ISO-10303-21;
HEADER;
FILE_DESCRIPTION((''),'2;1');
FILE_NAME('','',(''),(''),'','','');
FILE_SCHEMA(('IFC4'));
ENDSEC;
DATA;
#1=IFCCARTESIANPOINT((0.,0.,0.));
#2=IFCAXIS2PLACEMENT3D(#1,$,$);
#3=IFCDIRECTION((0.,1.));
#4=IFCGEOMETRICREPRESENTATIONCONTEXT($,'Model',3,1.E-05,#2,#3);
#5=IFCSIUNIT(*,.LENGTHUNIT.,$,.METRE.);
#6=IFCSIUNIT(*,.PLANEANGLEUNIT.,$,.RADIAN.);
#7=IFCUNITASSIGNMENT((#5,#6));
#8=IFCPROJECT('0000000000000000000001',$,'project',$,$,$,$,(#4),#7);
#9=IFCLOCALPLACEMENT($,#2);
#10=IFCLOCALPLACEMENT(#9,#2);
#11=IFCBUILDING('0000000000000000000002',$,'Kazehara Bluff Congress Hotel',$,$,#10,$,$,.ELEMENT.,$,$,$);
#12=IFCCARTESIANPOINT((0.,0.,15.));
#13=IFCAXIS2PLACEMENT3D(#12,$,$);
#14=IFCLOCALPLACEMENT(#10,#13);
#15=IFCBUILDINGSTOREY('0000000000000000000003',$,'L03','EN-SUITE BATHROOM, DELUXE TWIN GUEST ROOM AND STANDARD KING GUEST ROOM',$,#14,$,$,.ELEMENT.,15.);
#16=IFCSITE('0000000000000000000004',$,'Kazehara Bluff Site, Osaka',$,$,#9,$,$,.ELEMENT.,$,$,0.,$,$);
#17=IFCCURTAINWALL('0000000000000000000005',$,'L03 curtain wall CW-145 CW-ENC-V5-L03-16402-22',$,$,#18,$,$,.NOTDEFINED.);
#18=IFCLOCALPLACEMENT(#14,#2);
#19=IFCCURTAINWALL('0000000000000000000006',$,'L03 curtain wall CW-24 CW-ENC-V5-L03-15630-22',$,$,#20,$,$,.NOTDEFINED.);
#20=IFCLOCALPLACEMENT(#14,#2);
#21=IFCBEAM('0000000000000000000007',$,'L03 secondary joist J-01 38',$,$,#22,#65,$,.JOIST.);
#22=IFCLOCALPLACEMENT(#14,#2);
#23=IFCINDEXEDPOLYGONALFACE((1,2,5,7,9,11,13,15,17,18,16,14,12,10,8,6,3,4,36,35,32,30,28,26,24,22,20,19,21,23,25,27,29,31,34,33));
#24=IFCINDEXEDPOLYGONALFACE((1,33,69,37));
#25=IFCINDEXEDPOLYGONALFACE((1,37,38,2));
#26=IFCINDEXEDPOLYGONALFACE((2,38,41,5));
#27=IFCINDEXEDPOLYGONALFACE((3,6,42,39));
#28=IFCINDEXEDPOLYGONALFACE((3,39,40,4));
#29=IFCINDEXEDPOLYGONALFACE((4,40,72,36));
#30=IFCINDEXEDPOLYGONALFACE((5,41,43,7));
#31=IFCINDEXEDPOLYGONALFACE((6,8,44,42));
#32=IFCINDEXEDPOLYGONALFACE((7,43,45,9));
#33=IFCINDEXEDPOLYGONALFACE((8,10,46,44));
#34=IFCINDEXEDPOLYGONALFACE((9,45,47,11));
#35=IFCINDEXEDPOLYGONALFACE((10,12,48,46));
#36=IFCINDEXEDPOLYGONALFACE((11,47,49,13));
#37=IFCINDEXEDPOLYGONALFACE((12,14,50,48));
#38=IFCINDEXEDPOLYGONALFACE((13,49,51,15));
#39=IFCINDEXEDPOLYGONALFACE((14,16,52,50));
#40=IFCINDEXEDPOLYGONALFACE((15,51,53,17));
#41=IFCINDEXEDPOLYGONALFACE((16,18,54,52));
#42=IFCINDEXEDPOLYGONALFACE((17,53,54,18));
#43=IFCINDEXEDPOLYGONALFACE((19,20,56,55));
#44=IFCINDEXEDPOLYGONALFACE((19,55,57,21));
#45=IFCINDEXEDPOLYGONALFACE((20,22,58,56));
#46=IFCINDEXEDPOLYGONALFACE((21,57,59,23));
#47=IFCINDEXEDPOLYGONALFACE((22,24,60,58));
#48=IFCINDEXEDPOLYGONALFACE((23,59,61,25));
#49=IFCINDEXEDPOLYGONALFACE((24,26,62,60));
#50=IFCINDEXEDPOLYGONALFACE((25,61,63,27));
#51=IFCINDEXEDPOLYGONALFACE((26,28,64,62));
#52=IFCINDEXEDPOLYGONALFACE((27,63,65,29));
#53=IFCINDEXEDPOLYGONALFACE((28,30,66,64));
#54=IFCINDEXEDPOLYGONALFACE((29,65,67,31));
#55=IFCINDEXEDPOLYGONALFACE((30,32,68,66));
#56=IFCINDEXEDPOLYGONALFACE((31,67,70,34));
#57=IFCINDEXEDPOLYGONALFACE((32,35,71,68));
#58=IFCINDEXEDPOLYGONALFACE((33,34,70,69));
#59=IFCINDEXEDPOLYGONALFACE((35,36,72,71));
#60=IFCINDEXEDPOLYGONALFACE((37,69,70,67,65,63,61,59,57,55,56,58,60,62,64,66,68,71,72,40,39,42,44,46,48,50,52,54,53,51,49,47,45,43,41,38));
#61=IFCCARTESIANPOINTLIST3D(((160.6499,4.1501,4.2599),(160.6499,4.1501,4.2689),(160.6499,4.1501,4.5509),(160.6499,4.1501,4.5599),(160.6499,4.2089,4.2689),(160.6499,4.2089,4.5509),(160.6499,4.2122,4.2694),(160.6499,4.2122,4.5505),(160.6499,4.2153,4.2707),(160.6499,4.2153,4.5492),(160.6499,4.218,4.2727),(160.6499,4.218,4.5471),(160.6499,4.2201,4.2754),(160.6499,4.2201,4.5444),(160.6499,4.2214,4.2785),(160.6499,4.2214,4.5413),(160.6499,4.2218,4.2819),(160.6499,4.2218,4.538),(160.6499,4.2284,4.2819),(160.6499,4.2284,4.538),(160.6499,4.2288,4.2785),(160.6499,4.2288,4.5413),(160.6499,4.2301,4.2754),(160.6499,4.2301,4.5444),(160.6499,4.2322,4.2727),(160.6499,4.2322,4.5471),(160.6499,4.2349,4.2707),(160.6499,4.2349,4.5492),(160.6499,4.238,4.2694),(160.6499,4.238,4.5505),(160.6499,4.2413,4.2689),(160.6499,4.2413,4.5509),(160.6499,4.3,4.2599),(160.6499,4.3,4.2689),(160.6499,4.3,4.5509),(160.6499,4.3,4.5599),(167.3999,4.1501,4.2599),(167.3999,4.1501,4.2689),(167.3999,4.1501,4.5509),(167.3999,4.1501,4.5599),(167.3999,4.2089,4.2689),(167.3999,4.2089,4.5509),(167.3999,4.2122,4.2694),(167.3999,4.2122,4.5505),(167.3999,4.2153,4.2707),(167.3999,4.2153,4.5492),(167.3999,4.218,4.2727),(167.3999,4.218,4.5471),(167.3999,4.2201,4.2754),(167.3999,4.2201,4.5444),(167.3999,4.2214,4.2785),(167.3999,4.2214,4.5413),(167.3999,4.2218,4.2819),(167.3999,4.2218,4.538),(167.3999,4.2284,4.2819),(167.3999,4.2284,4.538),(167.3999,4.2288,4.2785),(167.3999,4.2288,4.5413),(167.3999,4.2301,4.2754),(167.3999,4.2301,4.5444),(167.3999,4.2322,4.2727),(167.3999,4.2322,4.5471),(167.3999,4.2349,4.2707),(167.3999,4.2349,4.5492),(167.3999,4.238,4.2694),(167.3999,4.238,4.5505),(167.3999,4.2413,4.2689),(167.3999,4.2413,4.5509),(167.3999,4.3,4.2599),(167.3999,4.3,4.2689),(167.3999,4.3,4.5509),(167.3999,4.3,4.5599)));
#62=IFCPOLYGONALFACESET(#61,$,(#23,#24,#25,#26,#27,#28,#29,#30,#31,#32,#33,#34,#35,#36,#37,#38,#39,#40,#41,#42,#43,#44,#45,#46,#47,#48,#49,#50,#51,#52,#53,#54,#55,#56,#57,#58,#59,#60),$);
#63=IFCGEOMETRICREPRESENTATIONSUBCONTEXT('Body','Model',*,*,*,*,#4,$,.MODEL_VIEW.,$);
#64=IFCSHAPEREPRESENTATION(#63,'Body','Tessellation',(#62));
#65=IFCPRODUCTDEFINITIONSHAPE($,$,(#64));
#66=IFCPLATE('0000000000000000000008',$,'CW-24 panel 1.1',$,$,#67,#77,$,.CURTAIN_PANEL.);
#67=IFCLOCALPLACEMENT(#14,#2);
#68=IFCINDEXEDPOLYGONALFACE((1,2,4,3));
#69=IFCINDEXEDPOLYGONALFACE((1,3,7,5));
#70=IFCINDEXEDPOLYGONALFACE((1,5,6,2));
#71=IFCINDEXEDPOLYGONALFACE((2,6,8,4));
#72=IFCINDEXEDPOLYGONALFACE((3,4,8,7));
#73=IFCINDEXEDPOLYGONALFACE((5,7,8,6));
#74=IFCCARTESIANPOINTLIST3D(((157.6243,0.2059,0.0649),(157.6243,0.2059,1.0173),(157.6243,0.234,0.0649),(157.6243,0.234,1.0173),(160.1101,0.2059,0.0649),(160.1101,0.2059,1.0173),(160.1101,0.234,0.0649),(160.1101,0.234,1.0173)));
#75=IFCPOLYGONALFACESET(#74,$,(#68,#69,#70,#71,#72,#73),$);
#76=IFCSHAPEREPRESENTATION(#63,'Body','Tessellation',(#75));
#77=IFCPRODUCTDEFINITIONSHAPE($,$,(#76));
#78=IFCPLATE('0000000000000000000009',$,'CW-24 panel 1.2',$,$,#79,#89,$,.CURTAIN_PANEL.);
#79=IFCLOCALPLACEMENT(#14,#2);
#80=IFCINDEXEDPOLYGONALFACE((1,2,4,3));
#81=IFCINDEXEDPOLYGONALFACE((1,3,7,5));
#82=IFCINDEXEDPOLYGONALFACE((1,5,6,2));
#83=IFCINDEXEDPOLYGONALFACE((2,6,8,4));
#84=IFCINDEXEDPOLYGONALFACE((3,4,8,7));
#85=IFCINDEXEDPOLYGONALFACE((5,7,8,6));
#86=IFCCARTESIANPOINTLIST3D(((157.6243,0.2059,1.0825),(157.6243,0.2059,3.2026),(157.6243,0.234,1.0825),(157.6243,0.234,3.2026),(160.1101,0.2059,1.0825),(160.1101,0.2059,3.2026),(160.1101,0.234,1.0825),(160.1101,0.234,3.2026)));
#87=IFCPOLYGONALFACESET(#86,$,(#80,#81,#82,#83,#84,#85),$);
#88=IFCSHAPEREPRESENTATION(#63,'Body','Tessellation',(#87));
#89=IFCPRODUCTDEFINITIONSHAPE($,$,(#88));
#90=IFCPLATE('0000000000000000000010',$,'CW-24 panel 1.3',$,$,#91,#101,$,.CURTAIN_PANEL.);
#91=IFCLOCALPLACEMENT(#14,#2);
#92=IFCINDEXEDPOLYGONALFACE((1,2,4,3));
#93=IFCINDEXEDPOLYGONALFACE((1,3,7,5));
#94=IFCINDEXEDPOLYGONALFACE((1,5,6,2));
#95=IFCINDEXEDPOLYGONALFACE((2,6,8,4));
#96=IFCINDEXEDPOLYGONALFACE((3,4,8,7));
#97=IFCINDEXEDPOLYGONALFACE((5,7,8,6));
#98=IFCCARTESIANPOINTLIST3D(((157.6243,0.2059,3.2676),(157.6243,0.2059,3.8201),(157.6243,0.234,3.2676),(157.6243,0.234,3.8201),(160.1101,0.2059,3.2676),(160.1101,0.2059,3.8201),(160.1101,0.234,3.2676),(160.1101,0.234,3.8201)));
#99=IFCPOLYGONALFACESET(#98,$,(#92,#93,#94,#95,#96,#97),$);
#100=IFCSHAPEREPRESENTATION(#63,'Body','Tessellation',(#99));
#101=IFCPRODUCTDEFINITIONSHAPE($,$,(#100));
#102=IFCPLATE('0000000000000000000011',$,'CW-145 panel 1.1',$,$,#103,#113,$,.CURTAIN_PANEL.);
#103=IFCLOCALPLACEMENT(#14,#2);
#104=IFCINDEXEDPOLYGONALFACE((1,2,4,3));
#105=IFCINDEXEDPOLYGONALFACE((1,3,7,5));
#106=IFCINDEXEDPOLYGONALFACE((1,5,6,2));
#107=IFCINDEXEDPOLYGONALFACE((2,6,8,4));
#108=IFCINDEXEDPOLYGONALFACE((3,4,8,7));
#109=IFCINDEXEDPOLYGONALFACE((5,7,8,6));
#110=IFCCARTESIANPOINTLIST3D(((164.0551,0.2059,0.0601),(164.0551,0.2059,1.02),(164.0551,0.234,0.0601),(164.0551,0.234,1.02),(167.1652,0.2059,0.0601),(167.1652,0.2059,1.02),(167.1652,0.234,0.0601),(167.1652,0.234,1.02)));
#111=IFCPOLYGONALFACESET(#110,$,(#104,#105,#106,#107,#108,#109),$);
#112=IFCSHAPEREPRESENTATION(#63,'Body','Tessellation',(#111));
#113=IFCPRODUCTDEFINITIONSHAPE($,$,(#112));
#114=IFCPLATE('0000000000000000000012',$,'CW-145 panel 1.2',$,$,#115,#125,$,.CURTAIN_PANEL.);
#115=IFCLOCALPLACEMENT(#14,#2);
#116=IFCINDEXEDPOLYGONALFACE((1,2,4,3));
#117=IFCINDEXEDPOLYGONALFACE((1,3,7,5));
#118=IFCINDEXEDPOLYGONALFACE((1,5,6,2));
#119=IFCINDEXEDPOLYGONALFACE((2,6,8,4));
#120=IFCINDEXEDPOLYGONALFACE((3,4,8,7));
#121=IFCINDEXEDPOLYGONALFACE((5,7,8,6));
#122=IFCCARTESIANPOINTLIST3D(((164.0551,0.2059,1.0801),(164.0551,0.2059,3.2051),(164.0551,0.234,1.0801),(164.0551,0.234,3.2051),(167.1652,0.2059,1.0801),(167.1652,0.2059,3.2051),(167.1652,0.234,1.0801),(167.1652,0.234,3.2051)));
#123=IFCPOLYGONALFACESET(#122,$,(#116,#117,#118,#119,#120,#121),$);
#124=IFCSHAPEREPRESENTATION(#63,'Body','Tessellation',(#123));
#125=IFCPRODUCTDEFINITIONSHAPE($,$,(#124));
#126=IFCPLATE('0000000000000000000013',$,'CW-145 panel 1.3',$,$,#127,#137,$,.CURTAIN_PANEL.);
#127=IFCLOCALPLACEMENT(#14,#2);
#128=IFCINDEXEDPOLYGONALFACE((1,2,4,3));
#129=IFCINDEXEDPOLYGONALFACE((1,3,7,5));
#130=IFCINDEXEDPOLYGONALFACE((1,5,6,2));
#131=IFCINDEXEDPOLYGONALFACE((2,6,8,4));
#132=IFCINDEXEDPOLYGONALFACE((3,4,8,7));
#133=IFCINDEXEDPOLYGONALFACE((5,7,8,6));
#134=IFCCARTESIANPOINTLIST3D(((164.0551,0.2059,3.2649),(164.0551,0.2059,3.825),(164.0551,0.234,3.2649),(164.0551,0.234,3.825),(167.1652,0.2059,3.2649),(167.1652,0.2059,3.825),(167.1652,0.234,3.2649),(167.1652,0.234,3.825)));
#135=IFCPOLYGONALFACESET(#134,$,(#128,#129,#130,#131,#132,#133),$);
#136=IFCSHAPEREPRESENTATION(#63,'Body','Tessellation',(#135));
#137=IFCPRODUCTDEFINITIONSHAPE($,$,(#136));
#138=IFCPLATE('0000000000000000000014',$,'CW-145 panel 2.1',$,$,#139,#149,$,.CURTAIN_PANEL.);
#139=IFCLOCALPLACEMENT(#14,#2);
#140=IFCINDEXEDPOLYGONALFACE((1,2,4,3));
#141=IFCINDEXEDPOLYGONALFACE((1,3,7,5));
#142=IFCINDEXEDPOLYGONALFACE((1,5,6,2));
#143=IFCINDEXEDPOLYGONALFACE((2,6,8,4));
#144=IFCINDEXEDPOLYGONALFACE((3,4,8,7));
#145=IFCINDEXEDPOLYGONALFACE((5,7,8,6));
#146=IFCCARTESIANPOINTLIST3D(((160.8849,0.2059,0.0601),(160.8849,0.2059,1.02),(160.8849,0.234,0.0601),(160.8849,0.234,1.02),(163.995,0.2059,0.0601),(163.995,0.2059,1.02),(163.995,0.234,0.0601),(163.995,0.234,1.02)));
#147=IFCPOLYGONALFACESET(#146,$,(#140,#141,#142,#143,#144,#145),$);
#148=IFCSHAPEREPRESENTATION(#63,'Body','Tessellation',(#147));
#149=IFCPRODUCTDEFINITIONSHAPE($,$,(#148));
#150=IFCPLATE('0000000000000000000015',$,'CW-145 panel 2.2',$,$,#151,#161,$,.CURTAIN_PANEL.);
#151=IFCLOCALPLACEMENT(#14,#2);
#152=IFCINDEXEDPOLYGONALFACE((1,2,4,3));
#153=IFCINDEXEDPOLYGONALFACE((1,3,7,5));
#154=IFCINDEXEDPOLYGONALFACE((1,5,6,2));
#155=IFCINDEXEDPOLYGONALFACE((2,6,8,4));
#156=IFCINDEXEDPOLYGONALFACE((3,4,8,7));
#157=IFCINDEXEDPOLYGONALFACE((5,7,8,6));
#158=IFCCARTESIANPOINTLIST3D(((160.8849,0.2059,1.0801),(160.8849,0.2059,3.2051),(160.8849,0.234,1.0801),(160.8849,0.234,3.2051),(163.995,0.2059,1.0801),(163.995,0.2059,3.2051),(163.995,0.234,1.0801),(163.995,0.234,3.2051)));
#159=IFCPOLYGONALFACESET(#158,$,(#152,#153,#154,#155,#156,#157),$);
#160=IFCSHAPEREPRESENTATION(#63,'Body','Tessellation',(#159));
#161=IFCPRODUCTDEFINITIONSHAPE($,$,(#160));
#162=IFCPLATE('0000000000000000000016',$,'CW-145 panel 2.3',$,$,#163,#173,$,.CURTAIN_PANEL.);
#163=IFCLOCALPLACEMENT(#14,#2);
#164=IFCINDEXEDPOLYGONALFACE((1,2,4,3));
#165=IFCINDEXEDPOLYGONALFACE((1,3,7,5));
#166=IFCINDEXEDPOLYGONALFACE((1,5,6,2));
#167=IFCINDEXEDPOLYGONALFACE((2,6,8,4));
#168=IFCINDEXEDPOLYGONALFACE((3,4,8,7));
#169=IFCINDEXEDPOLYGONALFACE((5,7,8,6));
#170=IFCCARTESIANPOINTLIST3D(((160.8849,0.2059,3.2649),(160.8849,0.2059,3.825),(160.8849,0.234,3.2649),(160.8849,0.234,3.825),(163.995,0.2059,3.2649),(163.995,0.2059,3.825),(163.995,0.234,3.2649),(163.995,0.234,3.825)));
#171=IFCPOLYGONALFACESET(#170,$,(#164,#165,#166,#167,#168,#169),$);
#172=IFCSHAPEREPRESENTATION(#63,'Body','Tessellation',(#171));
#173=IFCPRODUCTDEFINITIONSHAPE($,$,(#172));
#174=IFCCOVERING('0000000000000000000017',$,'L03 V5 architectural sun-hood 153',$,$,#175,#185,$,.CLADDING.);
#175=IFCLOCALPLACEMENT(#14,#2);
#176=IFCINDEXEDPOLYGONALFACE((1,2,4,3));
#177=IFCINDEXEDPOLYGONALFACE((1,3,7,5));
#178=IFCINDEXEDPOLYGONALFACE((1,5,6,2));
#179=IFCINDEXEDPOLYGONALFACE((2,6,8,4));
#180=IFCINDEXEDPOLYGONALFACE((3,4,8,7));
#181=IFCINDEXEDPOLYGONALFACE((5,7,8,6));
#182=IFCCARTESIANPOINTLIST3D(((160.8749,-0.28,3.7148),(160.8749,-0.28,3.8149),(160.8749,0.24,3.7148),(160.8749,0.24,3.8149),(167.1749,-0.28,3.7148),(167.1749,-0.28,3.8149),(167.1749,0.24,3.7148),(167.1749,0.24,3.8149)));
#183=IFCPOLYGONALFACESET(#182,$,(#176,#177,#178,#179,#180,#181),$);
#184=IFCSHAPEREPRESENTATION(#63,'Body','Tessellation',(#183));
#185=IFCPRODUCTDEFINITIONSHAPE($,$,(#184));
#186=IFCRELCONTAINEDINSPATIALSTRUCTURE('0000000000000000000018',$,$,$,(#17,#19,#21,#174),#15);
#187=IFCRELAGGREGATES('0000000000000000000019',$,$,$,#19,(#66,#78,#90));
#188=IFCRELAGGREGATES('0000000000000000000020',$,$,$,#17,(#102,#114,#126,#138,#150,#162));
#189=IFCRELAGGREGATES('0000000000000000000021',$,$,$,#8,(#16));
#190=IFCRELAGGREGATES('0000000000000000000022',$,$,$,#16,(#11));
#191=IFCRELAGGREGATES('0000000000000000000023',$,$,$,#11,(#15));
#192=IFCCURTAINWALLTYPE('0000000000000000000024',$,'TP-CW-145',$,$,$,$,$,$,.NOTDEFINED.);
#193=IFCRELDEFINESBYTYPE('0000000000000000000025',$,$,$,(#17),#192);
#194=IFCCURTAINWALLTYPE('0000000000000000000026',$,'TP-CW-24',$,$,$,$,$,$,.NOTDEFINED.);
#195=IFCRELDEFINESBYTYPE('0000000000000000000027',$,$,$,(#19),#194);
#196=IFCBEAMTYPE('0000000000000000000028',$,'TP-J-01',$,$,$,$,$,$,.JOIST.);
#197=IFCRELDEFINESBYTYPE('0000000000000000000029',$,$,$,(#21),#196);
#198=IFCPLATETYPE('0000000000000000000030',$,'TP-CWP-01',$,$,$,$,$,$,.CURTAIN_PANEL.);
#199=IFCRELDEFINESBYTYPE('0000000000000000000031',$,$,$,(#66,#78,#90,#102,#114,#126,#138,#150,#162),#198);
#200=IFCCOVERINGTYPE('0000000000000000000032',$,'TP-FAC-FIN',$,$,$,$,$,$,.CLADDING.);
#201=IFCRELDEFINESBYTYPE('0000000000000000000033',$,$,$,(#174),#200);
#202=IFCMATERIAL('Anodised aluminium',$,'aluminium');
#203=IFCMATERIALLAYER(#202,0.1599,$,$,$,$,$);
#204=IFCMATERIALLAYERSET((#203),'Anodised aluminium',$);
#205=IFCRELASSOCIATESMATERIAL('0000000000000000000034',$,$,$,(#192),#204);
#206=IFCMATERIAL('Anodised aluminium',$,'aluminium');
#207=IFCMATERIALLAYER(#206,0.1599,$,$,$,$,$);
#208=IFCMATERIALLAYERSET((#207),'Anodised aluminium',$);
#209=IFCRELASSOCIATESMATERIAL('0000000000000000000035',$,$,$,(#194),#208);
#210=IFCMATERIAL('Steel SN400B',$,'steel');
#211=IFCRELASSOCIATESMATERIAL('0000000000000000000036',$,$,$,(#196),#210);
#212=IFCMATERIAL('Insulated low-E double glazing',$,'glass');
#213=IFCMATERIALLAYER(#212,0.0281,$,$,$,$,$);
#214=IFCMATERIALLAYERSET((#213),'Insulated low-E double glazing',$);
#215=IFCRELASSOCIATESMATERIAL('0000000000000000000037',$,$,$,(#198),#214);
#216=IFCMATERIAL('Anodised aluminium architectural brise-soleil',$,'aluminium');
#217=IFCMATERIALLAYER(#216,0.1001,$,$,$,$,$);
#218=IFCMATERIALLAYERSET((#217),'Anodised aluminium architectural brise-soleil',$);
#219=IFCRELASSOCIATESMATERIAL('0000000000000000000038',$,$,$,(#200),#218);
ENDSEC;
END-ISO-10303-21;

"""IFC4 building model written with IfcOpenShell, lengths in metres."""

from ifc_helpers import new_model, si_unit, direction, frame, origin, origin_2d, place, context, subcontext, project, spatial, rectangle, i_section, extrude, material, layer, layer_set, material_profile, profile_set, type_object, element, aggregate, save


model = new_model("IFC4")

# Units and contexts
model_context = context("Model", 3, precision=1e-05, world=origin(), true_north=direction((0.0, 1.0)))
body_context = subcontext(model_context, "Body", "Model", "MODEL_VIEW")
ifc_project = project(units=[si_unit("LENGTHUNIT", "METRE"), si_unit("PLANEANGLEUNIT", "RADIAN")], contexts=[model_context])

# Site, building, storey
site_placement = place(None, origin())
site = spatial("IfcSite", under=ifc_project, at=site_placement, Name="Kazehara Bluff Site, Osaka", CompositionType="ELEMENT", RefElevation=0.0)
building_placement = place(site_placement, origin())
building = spatial("IfcBuilding", under=site, at=building_placement, Name="Kazehara Bluff Congress Hotel", CompositionType="ELEMENT")
storey_placement = place(building_placement, frame((0.0, 0.0, 15.0)))
storey = spatial("IfcBuildingStorey", under=building, at=storey_placement, Name="L03", Description="EN-SUITE BATHROOM, DELUXE TWIN GUEST ROOM AND STANDARD KING GUEST ROOM", CompositionType="ELEMENT", Elevation=15.0)

# Curtain walls
ifc_material_1 = material(Name="Anodised aluminium", Category="aluminium")
ifc_layer_1 = layer(ifc_material_1, 0.1599)
ifc_layer_set_1 = layer_set([ifc_layer_1], Name="Anodised aluminium")
curtain_wall_type_1 = type_object("IfcCurtainWallType", Name="TP-CW-145", PredefinedType="NOTDEFINED", material=ifc_layer_set_1)
curtain_wall_1_placement = place(storey_placement, origin())
curtain_wall_1 = element("IfcCurtainWall", 1, at=curtain_wall_1_placement, inside=storey, type_object=curtain_wall_type_1, Name="L03 curtain wall CW-145 CW-ENC-V5-L03-16402-22", PredefinedType="NOTDEFINED")
ifc_material_2 = material(Name="Anodised aluminium", Category="aluminium")
ifc_layer_2 = layer(ifc_material_2, 0.1599)
ifc_layer_set_2 = layer_set([ifc_layer_2], Name="Anodised aluminium")
curtain_wall_type_2 = type_object("IfcCurtainWallType", Name="TP-CW-24", PredefinedType="NOTDEFINED", material=ifc_layer_set_2)
curtain_wall_2_placement = place(storey_placement, origin())
curtain_wall_2 = element("IfcCurtainWall", 2, at=curtain_wall_2_placement, inside=storey, type_object=curtain_wall_type_2, Name="L03 curtain wall CW-24 CW-ENC-V5-L03-15630-22", PredefinedType="NOTDEFINED")

# Beam
ifc_material_3 = material(Name="Steel SN400B", Category="steel")
ifc_material_profile_1 = material_profile(ifc_material_3, i_section(OverallWidth=0.1499, OverallDepth=0.3, WebThickness=0.0066, FlangeThickness=0.009, FilletRadius=0.0129, at=origin_2d()))
ifc_profile_set_1 = profile_set([ifc_material_profile_1], Name="Steel SN400B")
beam_type_1 = type_object("IfcBeamType", Name="TP-J-01", PredefinedType="JOIST", material=ifc_profile_set_1)
beam_1_placement = place(storey_placement, frame((160.6499, 4.2251, 4.4099), z_axis=(1.0, 0.0, 0.0), x_axis=(0.0, 1.0, 0.0)))
element("IfcBeam", 3, at=beam_1_placement, inside=storey, type_object=beam_type_1, Name="L03 secondary joist J-01 38", PredefinedType="JOIST", context=body_context, shape_type="SweptSolid", body=[
    extrude(i_section(OverallWidth=0.1499, OverallDepth=0.3, WebThickness=0.0066, FlangeThickness=0.009, FilletRadius=0.0129, at=origin_2d()), origin(), (0.0, 0.0, 1.0), 6.75),
])

# Plates
ifc_material_4 = material(Name="Insulated low-E double glazing", Category="glass")
ifc_layer_3 = layer(ifc_material_4, 0.0281)
ifc_layer_set_3 = layer_set([ifc_layer_3], Name="Insulated low-E double glazing")
plate_type = type_object("IfcPlateType", Name="TP-CWP-01", PredefinedType="CURTAIN_PANEL", material=ifc_layer_set_3)
plate_1_placement = place(storey_placement, frame((158.8672, 0.22, 0.0649), z_axis=(0.0, 0.0, 1.0), x_axis=(-1.0, 0.0, 0.0)))
plate_1 = element("IfcPlate", 4, at=plate_1_placement, type_object=plate_type, Name="CW-24 panel 1.1", PredefinedType="CURTAIN_PANEL", context=body_context, shape_type="SweptSolid", body=[
    extrude(rectangle(XDim=2.4858, YDim=0.0281, at=origin_2d()), origin(), (0.0, 0.0, 1.0), 0.9524),
])
plate_2_placement = place(storey_placement, frame((158.8672, 0.22, 1.0825), z_axis=(0.0, 0.0, 1.0), x_axis=(-1.0, 0.0, 0.0)))
plate_2 = element("IfcPlate", 5, at=plate_2_placement, type_object=plate_type, Name="CW-24 panel 1.2", PredefinedType="CURTAIN_PANEL", context=body_context, shape_type="SweptSolid", body=[
    extrude(rectangle(XDim=2.4858, YDim=0.0281, at=origin_2d()), origin(), (0.0, 0.0, 1.0), 2.1201),
])
plate_3_placement = place(storey_placement, frame((158.8672, 0.22, 3.2676), z_axis=(0.0, 0.0, 1.0), x_axis=(-1.0, 0.0, 0.0)))
plate_3 = element("IfcPlate", 6, at=plate_3_placement, type_object=plate_type, Name="CW-24 panel 1.3", PredefinedType="CURTAIN_PANEL", context=body_context, shape_type="SweptSolid", body=[
    extrude(rectangle(XDim=2.4858, YDim=0.0281, at=origin_2d()), origin(), (0.0, 0.0, 1.0), 0.5525),
])
aggregate(curtain_wall_2, [plate_1, plate_2, plate_3])
plate_4_placement = place(storey_placement, frame((165.6101, 0.22, 0.0601), z_axis=(0.0, 0.0, 1.0), x_axis=(-1.0, 0.0, 0.0)))
plate_4 = element("IfcPlate", 7, at=plate_4_placement, type_object=plate_type, Name="CW-145 panel 1.1", PredefinedType="CURTAIN_PANEL", context=body_context, shape_type="SweptSolid", body=[
    extrude(rectangle(XDim=3.1101, YDim=0.0281, at=origin_2d()), origin(), (0.0, 0.0, 1.0), 0.96),
])
plate_5_placement = place(storey_placement, frame((165.6101, 0.22, 1.0801), z_axis=(0.0, 0.0, 1.0), x_axis=(-1.0, 0.0, 0.0)))
plate_5 = element("IfcPlate", 8, at=plate_5_placement, type_object=plate_type, Name="CW-145 panel 1.2", PredefinedType="CURTAIN_PANEL", context=body_context, shape_type="SweptSolid", body=[
    extrude(rectangle(XDim=3.1101, YDim=0.0281, at=origin_2d()), origin(), (0.0, 0.0, 1.0), 2.125),
])
plate_6_placement = place(storey_placement, frame((165.6101, 0.22, 3.2649), z_axis=(0.0, 0.0, 1.0), x_axis=(-1.0, 0.0, 0.0)))
plate_6 = element("IfcPlate", 9, at=plate_6_placement, type_object=plate_type, Name="CW-145 panel 1.3", PredefinedType="CURTAIN_PANEL", context=body_context, shape_type="SweptSolid", body=[
    extrude(rectangle(XDim=3.1101, YDim=0.0281, at=origin_2d()), origin(), (0.0, 0.0, 1.0), 0.5601),
])
plate_7_placement = place(storey_placement, frame((162.4399, 0.22, 0.0601), z_axis=(0.0, 0.0, 1.0), x_axis=(-1.0, 0.0, 0.0)))
plate_7 = element("IfcPlate", 10, at=plate_7_placement, type_object=plate_type, Name="CW-145 panel 2.1", PredefinedType="CURTAIN_PANEL", context=body_context, shape_type="SweptSolid", body=[
    extrude(rectangle(XDim=3.1101, YDim=0.0281, at=origin_2d()), origin(), (0.0, 0.0, 1.0), 0.96),
])
plate_8_placement = place(storey_placement, frame((162.4399, 0.22, 1.0801), z_axis=(0.0, 0.0, 1.0), x_axis=(-1.0, 0.0, 0.0)))
plate_8 = element("IfcPlate", 11, at=plate_8_placement, type_object=plate_type, Name="CW-145 panel 2.2", PredefinedType="CURTAIN_PANEL", context=body_context, shape_type="SweptSolid", body=[
    extrude(rectangle(XDim=3.1101, YDim=0.0281, at=origin_2d()), origin(), (0.0, 0.0, 1.0), 2.125),
])
plate_9_placement = place(storey_placement, frame((162.4399, 0.22, 3.2649), z_axis=(0.0, 0.0, 1.0), x_axis=(-1.0, 0.0, 0.0)))
plate_9 = element("IfcPlate", 12, at=plate_9_placement, type_object=plate_type, Name="CW-145 panel 2.3", PredefinedType="CURTAIN_PANEL", context=body_context, shape_type="SweptSolid", body=[
    extrude(rectangle(XDim=3.1101, YDim=0.0281, at=origin_2d()), origin(), (0.0, 0.0, 1.0), 0.5601),
])
aggregate(curtain_wall_1, [plate_4, plate_5, plate_6, plate_7, plate_8, plate_9])

# Covering
ifc_material_5 = material(Name="Anodised aluminium architectural brise-soleil", Category="aluminium")
ifc_layer_4 = layer(ifc_material_5, 0.1001)
ifc_layer_set_4 = layer_set([ifc_layer_4], Name="Anodised aluminium architectural brise-soleil")
covering_type = type_object("IfcCoveringType", Name="TP-FAC-FIN", PredefinedType="CLADDING", material=ifc_layer_set_4)
covering_placement = place(storey_placement, frame((164.0249, -0.02, 3.7148), z_axis=(0.0, 0.0, 1.0), x_axis=(1.0, 0.0, 0.0)))
element("IfcCovering", 13, at=covering_placement, inside=storey, type_object=covering_type, Name="L03 V5 architectural sun-hood 153", PredefinedType="CLADDING", context=body_context, shape_type="SweptSolid", body=[
    extrude(rectangle(XDim=6.3, YDim=0.52, at=origin_2d()), origin(), (0.0, 0.0, 1.0), 0.1001),
])

save(model, "model.ifc")
